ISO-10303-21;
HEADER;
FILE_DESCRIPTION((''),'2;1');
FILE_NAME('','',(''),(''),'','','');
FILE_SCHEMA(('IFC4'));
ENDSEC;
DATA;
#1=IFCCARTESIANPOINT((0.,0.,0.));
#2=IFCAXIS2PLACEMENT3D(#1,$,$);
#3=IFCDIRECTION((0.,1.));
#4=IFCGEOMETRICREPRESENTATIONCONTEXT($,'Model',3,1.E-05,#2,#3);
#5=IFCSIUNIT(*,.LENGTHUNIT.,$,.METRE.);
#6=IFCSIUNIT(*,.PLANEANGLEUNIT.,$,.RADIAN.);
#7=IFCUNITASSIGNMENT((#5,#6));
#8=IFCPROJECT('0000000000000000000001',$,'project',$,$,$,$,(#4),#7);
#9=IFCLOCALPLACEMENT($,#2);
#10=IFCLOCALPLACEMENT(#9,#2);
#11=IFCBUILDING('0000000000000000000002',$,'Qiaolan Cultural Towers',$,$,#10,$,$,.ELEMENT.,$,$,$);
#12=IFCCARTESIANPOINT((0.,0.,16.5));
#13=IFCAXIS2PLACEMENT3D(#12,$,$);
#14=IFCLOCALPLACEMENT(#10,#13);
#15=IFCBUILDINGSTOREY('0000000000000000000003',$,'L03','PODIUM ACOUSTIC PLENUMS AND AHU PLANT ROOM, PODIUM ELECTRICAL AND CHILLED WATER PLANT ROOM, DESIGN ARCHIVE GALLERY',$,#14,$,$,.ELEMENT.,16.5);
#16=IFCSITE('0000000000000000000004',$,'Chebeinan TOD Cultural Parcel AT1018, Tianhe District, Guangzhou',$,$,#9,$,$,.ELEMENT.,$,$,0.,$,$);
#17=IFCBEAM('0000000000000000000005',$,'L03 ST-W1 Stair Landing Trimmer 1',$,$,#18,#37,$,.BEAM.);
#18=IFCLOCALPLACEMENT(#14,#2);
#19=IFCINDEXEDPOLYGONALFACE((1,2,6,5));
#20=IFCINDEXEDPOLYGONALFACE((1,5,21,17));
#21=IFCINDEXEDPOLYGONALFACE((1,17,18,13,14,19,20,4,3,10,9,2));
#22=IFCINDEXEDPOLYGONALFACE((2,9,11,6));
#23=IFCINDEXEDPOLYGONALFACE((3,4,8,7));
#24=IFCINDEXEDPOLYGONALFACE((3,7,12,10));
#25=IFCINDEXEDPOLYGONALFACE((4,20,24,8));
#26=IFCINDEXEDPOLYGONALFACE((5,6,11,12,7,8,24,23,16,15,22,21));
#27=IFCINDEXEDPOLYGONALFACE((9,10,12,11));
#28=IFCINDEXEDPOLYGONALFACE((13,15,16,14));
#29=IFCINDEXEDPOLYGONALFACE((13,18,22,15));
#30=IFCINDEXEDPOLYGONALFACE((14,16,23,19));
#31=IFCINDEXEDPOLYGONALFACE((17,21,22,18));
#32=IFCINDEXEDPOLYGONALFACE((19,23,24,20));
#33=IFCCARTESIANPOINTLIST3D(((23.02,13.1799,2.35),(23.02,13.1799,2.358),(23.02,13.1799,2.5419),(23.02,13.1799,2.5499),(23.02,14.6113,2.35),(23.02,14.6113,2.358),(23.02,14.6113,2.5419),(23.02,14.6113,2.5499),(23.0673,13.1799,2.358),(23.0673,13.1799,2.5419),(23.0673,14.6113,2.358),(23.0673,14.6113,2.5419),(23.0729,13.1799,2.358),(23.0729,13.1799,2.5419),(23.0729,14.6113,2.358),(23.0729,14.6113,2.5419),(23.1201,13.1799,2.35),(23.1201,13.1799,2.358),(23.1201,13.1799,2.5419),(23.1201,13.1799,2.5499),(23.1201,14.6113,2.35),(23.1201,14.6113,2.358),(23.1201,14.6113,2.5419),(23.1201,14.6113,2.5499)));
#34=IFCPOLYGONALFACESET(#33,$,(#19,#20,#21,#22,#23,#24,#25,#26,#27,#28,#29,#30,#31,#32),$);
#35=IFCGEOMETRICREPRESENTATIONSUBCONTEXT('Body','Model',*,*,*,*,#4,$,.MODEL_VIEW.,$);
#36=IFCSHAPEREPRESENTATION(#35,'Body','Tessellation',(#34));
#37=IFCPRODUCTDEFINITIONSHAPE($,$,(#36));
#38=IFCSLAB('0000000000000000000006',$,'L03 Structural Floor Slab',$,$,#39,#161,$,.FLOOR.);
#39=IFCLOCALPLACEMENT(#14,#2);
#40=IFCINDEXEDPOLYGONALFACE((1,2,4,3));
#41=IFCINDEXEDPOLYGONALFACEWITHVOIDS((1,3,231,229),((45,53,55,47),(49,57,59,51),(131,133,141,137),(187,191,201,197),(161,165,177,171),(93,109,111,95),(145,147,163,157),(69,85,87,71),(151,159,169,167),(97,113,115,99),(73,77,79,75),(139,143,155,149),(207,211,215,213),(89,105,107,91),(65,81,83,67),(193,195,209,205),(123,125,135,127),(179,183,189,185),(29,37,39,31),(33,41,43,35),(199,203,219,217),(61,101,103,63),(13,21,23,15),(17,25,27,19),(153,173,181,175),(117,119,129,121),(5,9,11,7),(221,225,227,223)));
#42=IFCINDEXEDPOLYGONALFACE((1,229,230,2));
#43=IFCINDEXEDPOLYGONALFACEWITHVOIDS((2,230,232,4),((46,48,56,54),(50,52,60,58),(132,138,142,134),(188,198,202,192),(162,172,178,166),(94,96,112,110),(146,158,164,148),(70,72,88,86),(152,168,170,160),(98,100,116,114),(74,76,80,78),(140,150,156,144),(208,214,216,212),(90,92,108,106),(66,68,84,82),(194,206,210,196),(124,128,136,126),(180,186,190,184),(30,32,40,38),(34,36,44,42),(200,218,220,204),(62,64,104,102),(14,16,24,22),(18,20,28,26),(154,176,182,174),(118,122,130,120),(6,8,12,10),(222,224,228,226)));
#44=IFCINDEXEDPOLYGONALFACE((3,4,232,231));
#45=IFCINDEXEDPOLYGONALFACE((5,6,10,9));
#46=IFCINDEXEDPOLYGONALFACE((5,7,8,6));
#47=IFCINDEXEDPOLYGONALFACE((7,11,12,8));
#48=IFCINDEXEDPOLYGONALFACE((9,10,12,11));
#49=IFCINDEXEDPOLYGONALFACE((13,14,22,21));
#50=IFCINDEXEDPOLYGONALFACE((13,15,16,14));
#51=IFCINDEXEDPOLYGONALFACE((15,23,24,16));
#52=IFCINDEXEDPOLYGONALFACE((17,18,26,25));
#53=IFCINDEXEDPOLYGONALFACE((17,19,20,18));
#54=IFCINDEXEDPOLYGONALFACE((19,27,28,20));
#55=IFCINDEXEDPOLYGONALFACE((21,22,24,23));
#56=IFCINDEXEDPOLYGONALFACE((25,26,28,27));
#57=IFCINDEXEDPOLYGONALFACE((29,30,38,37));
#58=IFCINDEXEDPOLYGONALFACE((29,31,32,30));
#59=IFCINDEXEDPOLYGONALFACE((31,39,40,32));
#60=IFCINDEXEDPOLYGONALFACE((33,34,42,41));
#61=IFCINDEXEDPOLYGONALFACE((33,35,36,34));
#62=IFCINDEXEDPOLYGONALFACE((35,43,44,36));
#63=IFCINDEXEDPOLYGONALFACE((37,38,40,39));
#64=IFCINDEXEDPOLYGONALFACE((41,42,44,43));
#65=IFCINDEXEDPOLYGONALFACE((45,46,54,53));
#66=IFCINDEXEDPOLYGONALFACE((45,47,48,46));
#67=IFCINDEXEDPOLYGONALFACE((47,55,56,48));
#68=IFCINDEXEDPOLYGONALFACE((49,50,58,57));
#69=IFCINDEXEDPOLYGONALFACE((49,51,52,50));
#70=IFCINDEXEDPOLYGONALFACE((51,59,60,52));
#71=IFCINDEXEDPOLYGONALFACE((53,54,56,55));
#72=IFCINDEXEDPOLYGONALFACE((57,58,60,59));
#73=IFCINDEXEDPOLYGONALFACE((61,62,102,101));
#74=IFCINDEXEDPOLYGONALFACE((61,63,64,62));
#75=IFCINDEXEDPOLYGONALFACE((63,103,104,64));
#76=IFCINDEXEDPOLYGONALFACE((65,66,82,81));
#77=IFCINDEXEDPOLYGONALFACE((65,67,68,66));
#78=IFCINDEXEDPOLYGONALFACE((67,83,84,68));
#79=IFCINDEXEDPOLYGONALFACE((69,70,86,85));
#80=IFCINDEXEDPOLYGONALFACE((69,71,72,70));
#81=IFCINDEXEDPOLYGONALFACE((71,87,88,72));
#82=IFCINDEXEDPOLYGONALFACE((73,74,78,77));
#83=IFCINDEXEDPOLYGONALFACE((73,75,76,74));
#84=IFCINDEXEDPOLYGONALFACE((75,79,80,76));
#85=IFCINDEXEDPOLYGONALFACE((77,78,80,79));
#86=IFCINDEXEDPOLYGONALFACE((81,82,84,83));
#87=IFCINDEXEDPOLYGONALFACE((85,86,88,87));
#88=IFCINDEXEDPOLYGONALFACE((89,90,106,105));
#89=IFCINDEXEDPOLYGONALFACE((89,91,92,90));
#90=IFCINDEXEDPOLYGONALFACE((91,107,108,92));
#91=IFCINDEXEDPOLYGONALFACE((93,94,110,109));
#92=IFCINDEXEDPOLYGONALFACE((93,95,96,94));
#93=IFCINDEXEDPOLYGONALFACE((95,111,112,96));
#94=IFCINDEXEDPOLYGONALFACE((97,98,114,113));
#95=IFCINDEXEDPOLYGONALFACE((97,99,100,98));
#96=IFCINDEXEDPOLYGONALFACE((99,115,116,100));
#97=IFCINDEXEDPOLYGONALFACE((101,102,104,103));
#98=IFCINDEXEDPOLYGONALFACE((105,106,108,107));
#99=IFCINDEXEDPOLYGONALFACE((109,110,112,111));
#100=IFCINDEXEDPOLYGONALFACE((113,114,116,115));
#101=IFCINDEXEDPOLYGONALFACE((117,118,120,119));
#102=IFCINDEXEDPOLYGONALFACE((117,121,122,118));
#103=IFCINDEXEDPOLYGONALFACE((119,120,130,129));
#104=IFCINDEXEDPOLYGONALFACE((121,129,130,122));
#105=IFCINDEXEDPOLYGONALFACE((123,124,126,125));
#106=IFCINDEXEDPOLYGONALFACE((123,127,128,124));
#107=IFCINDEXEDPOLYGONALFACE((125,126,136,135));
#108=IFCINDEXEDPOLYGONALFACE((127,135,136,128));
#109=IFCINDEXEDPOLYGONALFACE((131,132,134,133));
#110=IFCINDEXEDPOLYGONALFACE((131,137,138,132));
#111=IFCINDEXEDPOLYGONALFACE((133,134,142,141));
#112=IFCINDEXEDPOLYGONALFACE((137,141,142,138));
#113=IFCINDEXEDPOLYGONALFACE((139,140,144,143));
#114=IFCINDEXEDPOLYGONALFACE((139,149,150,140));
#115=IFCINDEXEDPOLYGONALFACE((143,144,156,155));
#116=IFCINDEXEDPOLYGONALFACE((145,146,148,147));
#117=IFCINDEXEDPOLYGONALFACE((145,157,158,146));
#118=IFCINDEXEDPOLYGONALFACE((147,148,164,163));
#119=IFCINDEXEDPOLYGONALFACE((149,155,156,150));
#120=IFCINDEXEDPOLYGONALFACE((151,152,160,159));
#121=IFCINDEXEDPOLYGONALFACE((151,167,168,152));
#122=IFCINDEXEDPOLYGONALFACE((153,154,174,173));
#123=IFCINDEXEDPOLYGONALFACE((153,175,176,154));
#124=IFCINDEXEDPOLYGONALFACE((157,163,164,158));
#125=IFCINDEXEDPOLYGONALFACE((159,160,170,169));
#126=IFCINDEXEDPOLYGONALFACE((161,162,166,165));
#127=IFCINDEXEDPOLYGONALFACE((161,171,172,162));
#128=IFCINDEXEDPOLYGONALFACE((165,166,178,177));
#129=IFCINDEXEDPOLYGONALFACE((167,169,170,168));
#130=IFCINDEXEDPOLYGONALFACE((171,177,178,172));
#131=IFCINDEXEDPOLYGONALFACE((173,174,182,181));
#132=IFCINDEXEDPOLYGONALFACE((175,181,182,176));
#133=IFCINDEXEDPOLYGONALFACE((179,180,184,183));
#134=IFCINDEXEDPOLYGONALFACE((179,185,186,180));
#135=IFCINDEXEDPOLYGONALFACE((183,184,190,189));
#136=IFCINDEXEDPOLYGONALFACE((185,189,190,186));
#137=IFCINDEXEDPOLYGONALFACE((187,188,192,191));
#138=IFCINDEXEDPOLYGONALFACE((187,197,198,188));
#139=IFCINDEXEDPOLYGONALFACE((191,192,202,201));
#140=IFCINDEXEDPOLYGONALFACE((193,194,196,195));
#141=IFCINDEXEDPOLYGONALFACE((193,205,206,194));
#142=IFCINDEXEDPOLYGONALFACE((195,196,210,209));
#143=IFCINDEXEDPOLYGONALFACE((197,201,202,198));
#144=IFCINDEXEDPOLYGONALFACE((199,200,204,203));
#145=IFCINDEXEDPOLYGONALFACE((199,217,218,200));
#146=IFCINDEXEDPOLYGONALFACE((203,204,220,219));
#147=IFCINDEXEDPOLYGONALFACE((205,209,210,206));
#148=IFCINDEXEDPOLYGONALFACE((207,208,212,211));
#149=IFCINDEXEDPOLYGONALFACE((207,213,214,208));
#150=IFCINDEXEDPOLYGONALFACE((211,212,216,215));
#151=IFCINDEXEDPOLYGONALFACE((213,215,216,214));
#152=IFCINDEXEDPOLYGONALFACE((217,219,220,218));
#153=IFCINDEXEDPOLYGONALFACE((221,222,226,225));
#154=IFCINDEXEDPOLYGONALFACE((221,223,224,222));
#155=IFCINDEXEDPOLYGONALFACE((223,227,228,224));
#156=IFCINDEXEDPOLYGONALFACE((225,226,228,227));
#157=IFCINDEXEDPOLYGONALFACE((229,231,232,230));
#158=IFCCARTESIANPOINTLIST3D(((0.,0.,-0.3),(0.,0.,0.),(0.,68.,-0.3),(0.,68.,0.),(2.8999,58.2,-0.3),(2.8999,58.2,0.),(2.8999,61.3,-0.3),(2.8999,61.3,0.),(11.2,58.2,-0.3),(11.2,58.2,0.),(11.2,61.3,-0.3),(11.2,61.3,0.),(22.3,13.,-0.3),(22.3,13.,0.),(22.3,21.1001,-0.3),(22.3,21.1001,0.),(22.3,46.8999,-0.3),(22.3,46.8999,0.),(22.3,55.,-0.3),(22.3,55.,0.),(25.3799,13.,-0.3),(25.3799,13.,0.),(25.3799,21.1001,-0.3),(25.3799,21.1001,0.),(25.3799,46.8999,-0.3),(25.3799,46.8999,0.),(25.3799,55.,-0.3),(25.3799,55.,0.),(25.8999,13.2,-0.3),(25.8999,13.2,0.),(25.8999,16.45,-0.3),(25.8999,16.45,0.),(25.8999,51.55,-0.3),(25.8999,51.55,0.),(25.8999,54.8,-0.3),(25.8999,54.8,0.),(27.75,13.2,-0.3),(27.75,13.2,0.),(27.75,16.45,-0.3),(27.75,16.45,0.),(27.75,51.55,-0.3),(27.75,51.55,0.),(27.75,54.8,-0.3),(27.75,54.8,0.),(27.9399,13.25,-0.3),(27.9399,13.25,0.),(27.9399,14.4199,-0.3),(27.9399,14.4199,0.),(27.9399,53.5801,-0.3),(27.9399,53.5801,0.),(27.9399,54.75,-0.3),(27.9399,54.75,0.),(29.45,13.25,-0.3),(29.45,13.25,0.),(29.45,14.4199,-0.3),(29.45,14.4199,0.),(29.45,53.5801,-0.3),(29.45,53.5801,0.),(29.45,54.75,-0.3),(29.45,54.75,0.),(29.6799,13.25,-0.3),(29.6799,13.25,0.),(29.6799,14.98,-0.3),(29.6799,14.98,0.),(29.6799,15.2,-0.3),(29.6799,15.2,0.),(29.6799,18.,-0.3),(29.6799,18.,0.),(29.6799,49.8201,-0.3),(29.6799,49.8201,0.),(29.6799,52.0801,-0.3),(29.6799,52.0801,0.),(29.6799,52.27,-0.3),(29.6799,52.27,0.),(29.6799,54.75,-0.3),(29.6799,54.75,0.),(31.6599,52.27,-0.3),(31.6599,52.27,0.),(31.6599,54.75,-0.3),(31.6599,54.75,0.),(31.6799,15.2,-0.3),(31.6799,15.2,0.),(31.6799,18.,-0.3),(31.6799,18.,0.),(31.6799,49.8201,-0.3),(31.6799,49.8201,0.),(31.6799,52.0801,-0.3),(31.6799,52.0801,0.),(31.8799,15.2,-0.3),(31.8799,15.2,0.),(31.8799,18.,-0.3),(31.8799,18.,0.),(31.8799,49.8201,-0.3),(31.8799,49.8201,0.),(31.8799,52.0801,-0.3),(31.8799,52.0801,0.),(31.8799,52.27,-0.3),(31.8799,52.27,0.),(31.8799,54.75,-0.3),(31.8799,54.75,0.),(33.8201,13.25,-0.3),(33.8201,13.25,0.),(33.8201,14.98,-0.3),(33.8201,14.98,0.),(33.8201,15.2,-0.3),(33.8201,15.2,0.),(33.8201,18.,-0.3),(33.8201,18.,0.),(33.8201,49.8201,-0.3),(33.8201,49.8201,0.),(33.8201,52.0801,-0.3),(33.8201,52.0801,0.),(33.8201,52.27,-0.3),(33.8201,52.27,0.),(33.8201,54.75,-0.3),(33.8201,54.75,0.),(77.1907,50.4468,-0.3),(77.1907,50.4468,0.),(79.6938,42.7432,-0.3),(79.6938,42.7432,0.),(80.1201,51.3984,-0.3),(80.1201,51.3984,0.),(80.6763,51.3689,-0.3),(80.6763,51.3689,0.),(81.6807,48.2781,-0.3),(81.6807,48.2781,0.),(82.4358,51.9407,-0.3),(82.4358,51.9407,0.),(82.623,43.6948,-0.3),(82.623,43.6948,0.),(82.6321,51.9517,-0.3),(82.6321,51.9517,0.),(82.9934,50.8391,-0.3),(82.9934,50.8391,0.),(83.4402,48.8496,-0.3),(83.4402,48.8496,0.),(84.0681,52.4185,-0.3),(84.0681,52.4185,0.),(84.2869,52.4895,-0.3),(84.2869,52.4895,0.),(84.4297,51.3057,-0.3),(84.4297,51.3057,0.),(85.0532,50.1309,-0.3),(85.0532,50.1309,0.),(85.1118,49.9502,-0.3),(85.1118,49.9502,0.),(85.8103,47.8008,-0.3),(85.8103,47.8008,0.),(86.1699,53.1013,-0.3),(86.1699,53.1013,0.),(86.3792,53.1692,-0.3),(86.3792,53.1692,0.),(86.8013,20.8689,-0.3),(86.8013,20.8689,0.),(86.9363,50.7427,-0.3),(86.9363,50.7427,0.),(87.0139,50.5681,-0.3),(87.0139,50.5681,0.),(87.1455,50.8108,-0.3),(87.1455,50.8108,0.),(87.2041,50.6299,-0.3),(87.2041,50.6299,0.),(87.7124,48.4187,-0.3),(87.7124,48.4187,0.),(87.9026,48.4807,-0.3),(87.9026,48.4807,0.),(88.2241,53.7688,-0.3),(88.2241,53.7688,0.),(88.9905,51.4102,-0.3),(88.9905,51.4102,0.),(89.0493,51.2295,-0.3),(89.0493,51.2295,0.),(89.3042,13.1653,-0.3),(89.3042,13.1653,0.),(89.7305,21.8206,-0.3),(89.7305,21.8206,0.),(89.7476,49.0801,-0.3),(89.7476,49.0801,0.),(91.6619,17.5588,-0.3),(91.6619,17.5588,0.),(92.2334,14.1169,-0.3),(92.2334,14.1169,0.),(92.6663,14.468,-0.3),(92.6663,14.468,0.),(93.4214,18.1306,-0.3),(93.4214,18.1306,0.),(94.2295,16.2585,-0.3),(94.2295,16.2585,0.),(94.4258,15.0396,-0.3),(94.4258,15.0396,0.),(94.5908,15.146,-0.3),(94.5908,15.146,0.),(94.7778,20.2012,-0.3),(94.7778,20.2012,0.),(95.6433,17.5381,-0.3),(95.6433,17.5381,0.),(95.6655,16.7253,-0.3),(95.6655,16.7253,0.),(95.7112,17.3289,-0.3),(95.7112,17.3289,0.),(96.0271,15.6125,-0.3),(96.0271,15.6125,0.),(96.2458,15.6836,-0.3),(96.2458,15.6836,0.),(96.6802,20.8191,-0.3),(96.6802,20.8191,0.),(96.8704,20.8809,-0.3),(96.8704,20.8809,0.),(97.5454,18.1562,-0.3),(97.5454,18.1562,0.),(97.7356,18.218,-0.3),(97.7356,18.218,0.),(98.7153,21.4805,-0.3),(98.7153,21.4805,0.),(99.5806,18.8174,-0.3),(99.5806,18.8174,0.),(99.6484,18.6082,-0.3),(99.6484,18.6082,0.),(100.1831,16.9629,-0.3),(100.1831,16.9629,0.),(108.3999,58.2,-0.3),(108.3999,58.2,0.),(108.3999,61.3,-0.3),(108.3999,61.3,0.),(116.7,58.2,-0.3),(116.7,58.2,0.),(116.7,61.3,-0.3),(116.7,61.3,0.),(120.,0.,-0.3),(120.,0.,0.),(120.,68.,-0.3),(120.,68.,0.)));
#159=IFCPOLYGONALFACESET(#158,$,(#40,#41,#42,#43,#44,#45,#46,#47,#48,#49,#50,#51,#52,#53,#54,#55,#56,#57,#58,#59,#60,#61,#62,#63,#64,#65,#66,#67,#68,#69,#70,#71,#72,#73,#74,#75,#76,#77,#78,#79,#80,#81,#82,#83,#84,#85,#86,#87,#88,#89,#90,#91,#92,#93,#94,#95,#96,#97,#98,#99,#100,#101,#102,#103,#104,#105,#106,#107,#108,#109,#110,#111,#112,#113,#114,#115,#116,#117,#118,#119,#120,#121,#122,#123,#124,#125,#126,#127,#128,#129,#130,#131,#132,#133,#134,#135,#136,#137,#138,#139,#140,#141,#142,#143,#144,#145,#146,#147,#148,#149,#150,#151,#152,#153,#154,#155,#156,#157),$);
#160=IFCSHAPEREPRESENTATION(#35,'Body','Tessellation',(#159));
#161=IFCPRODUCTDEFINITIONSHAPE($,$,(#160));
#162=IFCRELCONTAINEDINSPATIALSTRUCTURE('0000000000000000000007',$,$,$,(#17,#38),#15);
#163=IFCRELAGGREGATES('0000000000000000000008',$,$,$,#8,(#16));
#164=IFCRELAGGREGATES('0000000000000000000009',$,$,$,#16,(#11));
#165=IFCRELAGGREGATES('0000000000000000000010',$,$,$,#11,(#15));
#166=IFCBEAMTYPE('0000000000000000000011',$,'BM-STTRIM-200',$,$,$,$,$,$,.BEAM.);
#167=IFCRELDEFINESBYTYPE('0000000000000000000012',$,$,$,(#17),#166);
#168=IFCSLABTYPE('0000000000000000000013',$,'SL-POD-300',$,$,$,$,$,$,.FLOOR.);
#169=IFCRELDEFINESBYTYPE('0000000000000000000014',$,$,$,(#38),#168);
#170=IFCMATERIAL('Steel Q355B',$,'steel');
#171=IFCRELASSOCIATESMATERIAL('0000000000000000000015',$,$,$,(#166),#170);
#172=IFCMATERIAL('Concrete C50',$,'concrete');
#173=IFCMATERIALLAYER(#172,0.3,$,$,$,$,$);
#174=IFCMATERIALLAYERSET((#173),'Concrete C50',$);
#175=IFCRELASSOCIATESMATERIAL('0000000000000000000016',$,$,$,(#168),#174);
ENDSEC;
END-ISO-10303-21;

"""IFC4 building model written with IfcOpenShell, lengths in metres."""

from ifc_helpers import new_model, si_unit, direction, frame, origin, origin_2d, place, context, subcontext, project, spatial, polyline, i_section, outline, extrude, material, layer, layer_set, material_profile, profile_set, type_object, element, save


model = new_model("IFC4")

# Units and contexts
model_context = context("Model", 3, precision=1e-05, world=origin(), true_north=direction((0.0, 1.0)))
body_context = subcontext(model_context, "Body", "Model", "MODEL_VIEW")
ifc_project = project(units=[si_unit("LENGTHUNIT", "METRE"), si_unit("PLANEANGLEUNIT", "RADIAN")], contexts=[model_context])

# Site, building, storey
site_placement = place(None, origin())
site = spatial("IfcSite", under=ifc_project, at=site_placement, Name="Chebeinan TOD Cultural Parcel AT1018, Tianhe District, Guangzhou", CompositionType="ELEMENT", RefElevation=0.0)
building_placement = place(site_placement, origin())
building = spatial("IfcBuilding", under=site, at=building_placement, Name="Qiaolan Cultural Towers", CompositionType="ELEMENT")
storey_placement = place(building_placement, frame((0.0, 0.0, 16.5)))
storey = spatial("IfcBuildingStorey", under=building, at=storey_placement, Name="L03", Description="PODIUM ACOUSTIC PLENUMS AND AHU PLANT ROOM, PODIUM ELECTRICAL AND CHILLED WATER PLANT ROOM, DESIGN ARCHIVE GALLERY", CompositionType="ELEMENT", Elevation=16.5)

# Beam
ifc_material_1 = material(Name="Steel Q355B", Category="steel")
ifc_material_profile_1 = material_profile(ifc_material_1, i_section(OverallWidth=0.1001, OverallDepth=0.2, WebThickness=0.0056, FlangeThickness=0.0081, at=origin_2d()), Name="HN200x100x5.5x8")
ifc_profile_set_1 = profile_set([ifc_material_profile_1], Name="Steel Q355B")
beam_type_1 = type_object("IfcBeamType", Name="BM-STTRIM-200", PredefinedType="BEAM", material=ifc_profile_set_1)
beam_1_placement = place(storey_placement, frame((23.0701, 14.6113, 2.45), z_axis=(0.0, -1.0, 0.0), x_axis=(1.0, 0.0, 0.0)))
element("IfcBeam", 1, at=beam_1_placement, inside=storey, type_object=beam_type_1, Name="L03 ST-W1 Stair Landing Trimmer 1", PredefinedType="BEAM", context=body_context, shape_type="SweptSolid", body=[
    extrude(i_section(OverallWidth=0.1001, OverallDepth=0.2, WebThickness=0.0056, FlangeThickness=0.0081, at=origin_2d()), origin(), (0.0, 0.0, 1.0), 1.4314),
])

# Slab
ifc_material_2 = material(Name="Concrete C50", Category="concrete")
ifc_layer_1 = layer(ifc_material_2, 0.3)
ifc_layer_set_1 = layer_set([ifc_layer_1], Name="Concrete C50")
slab_type_1 = type_object("IfcSlabType", Name="SL-POD-300", PredefinedType="FLOOR", material=ifc_layer_set_1)
slab_1_placement = place(storey_placement, frame((0.0, 0.0, -0.3)))
element("IfcSlab", 2, at=slab_1_placement, inside=storey, type_object=slab_type_1, Name="L03 Structural Floor Slab", PredefinedType="FLOOR", context=body_context, shape_type="SweptSolid", body=[
    extrude(outline(polyline([(0.0, 0.0), (120.0, 0.0), (120.0, 68.0), (0.0, 68.0), (0.0, 0.0)]), holes=[polyline([(22.3, 21.1001), (22.3, 13.0), (25.3799, 13.0), (25.3799, 21.1001), (22.3, 21.1001)]), polyline([(25.3799, 46.8999), (25.3799, 55.0), (22.3, 55.0), (22.3, 46.8999), (25.3799, 46.8999)]), polyline([(86.8013, 20.8689), (89.3042, 13.1653), (92.2334, 14.1169), (89.7305, 21.8206), (86.8013, 20.8689)]), polyline([(82.623, 43.6948), (80.1201, 51.3984), (77.1907, 50.4468), (79.6938, 42.7432), (82.623, 43.6948)]), polyline([(2.8999, 58.2), (11.2, 58.2), (11.2, 61.3), (2.8999, 61.3), (2.8999, 58.2)]), polyline([(108.3999, 58.2), (116.7, 58.2), (116.7, 61.3), (108.3999, 61.3), (108.3999, 58.2)]), polyline([(25.8999, 13.2), (27.75, 13.2), (27.75, 16.45), (25.8999, 16.45), (25.8999, 13.2)]), polyline([(27.9399, 13.25), (29.45, 13.25), (29.45, 14.4199), (27.9399, 14.4199), (27.9399, 13.25)]), polyline([(29.6799, 15.2), (31.6799, 15.2), (31.6799, 18.0), (29.6799, 18.0), (29.6799, 15.2)]), polyline([(31.8799, 15.2), (33.8201, 15.2), (33.8201, 18.0), (31.8799, 18.0), (31.8799, 15.2)]), polyline([(29.6799, 13.25), (33.8201, 13.25), (33.8201, 14.98), (29.6799, 14.98), (29.6799, 13.25)]), polyline([(25.8999, 51.55), (27.75, 51.55), (27.75, 54.8), (25.8999, 54.8), (25.8999, 51.55)]), polyline([(27.9399, 53.5801), (29.45, 53.5801), (29.45, 54.75), (27.9399, 54.75), (27.9399, 53.5801)]), polyline([(29.6799, 49.8201), (31.6799, 49.8201), (31.6799, 52.0801), (29.6799, 52.0801), (29.6799, 49.8201)]), polyline([(31.8799, 49.8201), (33.8201, 49.8201), (33.8201, 52.0801), (31.8799, 52.0801), (31.8799, 49.8201)]), polyline([(29.6799, 52.27), (31.6599, 52.27), (31.6599, 54.75), (29.6799, 54.75), (29.6799, 52.27)]), polyline([(31.8799, 52.27), (33.8201, 52.27), (33.8201, 54.75), (31.8799, 54.75), (31.8799, 52.27)]), polyline([(92.6663, 14.468), (94.4258, 15.0396), (93.4214, 18.1306), (91.6619, 17.5588), (92.6663, 14.468)]), polyline([(94.5908, 15.146), (96.0271, 15.6125), (95.6655, 16.7253), (94.2295, 16.2585), (94.5908, 15.146)]), polyline([(95.6433, 17.5381), (97.5454, 18.1562), (96.6802, 20.8191), (94.7778, 20.2012), (95.6433, 17.5381)]), polyline([(97.7356, 18.218), (99.5806, 18.8174), (98.7153, 21.4805), (96.8704, 20.8809), (97.7356, 18.218)]), polyline([(96.2458, 15.6836), (100.1831, 16.9629), (99.6484, 18.6082), (95.7112, 17.3289), (96.2458, 15.6836)]), polyline([(81.6807, 48.2781), (83.4402, 48.8496), (82.4358, 51.9407), (80.6763, 51.3689), (81.6807, 48.2781)]), polyline([(82.9934, 50.8391), (84.4297, 51.3057), (84.0681, 52.4185), (82.6321, 51.9517), (82.9934, 50.8391)]), polyline([(85.8103, 47.8008), (87.7124, 48.4187), (87.0139, 50.5681), (85.1118, 49.9502), (85.8103, 47.8008)]), polyline([(87.9026, 48.4807), (89.7476, 49.0801), (89.0493, 51.2295), (87.2041, 50.6299), (87.9026, 48.4807)]), polyline([(85.0532, 50.1309), (86.9363, 50.7427), (86.1699, 53.1013), (84.2869, 52.4895), (85.0532, 50.1309)]), polyline([(87.1455, 50.8108), (88.9905, 51.4102), (88.2241, 53.7688), (86.3792, 53.1692), (87.1455, 50.8108)])]), origin(), (0.0, 0.0, 1.0), 0.3),
])

save(model, "model.ifc")
